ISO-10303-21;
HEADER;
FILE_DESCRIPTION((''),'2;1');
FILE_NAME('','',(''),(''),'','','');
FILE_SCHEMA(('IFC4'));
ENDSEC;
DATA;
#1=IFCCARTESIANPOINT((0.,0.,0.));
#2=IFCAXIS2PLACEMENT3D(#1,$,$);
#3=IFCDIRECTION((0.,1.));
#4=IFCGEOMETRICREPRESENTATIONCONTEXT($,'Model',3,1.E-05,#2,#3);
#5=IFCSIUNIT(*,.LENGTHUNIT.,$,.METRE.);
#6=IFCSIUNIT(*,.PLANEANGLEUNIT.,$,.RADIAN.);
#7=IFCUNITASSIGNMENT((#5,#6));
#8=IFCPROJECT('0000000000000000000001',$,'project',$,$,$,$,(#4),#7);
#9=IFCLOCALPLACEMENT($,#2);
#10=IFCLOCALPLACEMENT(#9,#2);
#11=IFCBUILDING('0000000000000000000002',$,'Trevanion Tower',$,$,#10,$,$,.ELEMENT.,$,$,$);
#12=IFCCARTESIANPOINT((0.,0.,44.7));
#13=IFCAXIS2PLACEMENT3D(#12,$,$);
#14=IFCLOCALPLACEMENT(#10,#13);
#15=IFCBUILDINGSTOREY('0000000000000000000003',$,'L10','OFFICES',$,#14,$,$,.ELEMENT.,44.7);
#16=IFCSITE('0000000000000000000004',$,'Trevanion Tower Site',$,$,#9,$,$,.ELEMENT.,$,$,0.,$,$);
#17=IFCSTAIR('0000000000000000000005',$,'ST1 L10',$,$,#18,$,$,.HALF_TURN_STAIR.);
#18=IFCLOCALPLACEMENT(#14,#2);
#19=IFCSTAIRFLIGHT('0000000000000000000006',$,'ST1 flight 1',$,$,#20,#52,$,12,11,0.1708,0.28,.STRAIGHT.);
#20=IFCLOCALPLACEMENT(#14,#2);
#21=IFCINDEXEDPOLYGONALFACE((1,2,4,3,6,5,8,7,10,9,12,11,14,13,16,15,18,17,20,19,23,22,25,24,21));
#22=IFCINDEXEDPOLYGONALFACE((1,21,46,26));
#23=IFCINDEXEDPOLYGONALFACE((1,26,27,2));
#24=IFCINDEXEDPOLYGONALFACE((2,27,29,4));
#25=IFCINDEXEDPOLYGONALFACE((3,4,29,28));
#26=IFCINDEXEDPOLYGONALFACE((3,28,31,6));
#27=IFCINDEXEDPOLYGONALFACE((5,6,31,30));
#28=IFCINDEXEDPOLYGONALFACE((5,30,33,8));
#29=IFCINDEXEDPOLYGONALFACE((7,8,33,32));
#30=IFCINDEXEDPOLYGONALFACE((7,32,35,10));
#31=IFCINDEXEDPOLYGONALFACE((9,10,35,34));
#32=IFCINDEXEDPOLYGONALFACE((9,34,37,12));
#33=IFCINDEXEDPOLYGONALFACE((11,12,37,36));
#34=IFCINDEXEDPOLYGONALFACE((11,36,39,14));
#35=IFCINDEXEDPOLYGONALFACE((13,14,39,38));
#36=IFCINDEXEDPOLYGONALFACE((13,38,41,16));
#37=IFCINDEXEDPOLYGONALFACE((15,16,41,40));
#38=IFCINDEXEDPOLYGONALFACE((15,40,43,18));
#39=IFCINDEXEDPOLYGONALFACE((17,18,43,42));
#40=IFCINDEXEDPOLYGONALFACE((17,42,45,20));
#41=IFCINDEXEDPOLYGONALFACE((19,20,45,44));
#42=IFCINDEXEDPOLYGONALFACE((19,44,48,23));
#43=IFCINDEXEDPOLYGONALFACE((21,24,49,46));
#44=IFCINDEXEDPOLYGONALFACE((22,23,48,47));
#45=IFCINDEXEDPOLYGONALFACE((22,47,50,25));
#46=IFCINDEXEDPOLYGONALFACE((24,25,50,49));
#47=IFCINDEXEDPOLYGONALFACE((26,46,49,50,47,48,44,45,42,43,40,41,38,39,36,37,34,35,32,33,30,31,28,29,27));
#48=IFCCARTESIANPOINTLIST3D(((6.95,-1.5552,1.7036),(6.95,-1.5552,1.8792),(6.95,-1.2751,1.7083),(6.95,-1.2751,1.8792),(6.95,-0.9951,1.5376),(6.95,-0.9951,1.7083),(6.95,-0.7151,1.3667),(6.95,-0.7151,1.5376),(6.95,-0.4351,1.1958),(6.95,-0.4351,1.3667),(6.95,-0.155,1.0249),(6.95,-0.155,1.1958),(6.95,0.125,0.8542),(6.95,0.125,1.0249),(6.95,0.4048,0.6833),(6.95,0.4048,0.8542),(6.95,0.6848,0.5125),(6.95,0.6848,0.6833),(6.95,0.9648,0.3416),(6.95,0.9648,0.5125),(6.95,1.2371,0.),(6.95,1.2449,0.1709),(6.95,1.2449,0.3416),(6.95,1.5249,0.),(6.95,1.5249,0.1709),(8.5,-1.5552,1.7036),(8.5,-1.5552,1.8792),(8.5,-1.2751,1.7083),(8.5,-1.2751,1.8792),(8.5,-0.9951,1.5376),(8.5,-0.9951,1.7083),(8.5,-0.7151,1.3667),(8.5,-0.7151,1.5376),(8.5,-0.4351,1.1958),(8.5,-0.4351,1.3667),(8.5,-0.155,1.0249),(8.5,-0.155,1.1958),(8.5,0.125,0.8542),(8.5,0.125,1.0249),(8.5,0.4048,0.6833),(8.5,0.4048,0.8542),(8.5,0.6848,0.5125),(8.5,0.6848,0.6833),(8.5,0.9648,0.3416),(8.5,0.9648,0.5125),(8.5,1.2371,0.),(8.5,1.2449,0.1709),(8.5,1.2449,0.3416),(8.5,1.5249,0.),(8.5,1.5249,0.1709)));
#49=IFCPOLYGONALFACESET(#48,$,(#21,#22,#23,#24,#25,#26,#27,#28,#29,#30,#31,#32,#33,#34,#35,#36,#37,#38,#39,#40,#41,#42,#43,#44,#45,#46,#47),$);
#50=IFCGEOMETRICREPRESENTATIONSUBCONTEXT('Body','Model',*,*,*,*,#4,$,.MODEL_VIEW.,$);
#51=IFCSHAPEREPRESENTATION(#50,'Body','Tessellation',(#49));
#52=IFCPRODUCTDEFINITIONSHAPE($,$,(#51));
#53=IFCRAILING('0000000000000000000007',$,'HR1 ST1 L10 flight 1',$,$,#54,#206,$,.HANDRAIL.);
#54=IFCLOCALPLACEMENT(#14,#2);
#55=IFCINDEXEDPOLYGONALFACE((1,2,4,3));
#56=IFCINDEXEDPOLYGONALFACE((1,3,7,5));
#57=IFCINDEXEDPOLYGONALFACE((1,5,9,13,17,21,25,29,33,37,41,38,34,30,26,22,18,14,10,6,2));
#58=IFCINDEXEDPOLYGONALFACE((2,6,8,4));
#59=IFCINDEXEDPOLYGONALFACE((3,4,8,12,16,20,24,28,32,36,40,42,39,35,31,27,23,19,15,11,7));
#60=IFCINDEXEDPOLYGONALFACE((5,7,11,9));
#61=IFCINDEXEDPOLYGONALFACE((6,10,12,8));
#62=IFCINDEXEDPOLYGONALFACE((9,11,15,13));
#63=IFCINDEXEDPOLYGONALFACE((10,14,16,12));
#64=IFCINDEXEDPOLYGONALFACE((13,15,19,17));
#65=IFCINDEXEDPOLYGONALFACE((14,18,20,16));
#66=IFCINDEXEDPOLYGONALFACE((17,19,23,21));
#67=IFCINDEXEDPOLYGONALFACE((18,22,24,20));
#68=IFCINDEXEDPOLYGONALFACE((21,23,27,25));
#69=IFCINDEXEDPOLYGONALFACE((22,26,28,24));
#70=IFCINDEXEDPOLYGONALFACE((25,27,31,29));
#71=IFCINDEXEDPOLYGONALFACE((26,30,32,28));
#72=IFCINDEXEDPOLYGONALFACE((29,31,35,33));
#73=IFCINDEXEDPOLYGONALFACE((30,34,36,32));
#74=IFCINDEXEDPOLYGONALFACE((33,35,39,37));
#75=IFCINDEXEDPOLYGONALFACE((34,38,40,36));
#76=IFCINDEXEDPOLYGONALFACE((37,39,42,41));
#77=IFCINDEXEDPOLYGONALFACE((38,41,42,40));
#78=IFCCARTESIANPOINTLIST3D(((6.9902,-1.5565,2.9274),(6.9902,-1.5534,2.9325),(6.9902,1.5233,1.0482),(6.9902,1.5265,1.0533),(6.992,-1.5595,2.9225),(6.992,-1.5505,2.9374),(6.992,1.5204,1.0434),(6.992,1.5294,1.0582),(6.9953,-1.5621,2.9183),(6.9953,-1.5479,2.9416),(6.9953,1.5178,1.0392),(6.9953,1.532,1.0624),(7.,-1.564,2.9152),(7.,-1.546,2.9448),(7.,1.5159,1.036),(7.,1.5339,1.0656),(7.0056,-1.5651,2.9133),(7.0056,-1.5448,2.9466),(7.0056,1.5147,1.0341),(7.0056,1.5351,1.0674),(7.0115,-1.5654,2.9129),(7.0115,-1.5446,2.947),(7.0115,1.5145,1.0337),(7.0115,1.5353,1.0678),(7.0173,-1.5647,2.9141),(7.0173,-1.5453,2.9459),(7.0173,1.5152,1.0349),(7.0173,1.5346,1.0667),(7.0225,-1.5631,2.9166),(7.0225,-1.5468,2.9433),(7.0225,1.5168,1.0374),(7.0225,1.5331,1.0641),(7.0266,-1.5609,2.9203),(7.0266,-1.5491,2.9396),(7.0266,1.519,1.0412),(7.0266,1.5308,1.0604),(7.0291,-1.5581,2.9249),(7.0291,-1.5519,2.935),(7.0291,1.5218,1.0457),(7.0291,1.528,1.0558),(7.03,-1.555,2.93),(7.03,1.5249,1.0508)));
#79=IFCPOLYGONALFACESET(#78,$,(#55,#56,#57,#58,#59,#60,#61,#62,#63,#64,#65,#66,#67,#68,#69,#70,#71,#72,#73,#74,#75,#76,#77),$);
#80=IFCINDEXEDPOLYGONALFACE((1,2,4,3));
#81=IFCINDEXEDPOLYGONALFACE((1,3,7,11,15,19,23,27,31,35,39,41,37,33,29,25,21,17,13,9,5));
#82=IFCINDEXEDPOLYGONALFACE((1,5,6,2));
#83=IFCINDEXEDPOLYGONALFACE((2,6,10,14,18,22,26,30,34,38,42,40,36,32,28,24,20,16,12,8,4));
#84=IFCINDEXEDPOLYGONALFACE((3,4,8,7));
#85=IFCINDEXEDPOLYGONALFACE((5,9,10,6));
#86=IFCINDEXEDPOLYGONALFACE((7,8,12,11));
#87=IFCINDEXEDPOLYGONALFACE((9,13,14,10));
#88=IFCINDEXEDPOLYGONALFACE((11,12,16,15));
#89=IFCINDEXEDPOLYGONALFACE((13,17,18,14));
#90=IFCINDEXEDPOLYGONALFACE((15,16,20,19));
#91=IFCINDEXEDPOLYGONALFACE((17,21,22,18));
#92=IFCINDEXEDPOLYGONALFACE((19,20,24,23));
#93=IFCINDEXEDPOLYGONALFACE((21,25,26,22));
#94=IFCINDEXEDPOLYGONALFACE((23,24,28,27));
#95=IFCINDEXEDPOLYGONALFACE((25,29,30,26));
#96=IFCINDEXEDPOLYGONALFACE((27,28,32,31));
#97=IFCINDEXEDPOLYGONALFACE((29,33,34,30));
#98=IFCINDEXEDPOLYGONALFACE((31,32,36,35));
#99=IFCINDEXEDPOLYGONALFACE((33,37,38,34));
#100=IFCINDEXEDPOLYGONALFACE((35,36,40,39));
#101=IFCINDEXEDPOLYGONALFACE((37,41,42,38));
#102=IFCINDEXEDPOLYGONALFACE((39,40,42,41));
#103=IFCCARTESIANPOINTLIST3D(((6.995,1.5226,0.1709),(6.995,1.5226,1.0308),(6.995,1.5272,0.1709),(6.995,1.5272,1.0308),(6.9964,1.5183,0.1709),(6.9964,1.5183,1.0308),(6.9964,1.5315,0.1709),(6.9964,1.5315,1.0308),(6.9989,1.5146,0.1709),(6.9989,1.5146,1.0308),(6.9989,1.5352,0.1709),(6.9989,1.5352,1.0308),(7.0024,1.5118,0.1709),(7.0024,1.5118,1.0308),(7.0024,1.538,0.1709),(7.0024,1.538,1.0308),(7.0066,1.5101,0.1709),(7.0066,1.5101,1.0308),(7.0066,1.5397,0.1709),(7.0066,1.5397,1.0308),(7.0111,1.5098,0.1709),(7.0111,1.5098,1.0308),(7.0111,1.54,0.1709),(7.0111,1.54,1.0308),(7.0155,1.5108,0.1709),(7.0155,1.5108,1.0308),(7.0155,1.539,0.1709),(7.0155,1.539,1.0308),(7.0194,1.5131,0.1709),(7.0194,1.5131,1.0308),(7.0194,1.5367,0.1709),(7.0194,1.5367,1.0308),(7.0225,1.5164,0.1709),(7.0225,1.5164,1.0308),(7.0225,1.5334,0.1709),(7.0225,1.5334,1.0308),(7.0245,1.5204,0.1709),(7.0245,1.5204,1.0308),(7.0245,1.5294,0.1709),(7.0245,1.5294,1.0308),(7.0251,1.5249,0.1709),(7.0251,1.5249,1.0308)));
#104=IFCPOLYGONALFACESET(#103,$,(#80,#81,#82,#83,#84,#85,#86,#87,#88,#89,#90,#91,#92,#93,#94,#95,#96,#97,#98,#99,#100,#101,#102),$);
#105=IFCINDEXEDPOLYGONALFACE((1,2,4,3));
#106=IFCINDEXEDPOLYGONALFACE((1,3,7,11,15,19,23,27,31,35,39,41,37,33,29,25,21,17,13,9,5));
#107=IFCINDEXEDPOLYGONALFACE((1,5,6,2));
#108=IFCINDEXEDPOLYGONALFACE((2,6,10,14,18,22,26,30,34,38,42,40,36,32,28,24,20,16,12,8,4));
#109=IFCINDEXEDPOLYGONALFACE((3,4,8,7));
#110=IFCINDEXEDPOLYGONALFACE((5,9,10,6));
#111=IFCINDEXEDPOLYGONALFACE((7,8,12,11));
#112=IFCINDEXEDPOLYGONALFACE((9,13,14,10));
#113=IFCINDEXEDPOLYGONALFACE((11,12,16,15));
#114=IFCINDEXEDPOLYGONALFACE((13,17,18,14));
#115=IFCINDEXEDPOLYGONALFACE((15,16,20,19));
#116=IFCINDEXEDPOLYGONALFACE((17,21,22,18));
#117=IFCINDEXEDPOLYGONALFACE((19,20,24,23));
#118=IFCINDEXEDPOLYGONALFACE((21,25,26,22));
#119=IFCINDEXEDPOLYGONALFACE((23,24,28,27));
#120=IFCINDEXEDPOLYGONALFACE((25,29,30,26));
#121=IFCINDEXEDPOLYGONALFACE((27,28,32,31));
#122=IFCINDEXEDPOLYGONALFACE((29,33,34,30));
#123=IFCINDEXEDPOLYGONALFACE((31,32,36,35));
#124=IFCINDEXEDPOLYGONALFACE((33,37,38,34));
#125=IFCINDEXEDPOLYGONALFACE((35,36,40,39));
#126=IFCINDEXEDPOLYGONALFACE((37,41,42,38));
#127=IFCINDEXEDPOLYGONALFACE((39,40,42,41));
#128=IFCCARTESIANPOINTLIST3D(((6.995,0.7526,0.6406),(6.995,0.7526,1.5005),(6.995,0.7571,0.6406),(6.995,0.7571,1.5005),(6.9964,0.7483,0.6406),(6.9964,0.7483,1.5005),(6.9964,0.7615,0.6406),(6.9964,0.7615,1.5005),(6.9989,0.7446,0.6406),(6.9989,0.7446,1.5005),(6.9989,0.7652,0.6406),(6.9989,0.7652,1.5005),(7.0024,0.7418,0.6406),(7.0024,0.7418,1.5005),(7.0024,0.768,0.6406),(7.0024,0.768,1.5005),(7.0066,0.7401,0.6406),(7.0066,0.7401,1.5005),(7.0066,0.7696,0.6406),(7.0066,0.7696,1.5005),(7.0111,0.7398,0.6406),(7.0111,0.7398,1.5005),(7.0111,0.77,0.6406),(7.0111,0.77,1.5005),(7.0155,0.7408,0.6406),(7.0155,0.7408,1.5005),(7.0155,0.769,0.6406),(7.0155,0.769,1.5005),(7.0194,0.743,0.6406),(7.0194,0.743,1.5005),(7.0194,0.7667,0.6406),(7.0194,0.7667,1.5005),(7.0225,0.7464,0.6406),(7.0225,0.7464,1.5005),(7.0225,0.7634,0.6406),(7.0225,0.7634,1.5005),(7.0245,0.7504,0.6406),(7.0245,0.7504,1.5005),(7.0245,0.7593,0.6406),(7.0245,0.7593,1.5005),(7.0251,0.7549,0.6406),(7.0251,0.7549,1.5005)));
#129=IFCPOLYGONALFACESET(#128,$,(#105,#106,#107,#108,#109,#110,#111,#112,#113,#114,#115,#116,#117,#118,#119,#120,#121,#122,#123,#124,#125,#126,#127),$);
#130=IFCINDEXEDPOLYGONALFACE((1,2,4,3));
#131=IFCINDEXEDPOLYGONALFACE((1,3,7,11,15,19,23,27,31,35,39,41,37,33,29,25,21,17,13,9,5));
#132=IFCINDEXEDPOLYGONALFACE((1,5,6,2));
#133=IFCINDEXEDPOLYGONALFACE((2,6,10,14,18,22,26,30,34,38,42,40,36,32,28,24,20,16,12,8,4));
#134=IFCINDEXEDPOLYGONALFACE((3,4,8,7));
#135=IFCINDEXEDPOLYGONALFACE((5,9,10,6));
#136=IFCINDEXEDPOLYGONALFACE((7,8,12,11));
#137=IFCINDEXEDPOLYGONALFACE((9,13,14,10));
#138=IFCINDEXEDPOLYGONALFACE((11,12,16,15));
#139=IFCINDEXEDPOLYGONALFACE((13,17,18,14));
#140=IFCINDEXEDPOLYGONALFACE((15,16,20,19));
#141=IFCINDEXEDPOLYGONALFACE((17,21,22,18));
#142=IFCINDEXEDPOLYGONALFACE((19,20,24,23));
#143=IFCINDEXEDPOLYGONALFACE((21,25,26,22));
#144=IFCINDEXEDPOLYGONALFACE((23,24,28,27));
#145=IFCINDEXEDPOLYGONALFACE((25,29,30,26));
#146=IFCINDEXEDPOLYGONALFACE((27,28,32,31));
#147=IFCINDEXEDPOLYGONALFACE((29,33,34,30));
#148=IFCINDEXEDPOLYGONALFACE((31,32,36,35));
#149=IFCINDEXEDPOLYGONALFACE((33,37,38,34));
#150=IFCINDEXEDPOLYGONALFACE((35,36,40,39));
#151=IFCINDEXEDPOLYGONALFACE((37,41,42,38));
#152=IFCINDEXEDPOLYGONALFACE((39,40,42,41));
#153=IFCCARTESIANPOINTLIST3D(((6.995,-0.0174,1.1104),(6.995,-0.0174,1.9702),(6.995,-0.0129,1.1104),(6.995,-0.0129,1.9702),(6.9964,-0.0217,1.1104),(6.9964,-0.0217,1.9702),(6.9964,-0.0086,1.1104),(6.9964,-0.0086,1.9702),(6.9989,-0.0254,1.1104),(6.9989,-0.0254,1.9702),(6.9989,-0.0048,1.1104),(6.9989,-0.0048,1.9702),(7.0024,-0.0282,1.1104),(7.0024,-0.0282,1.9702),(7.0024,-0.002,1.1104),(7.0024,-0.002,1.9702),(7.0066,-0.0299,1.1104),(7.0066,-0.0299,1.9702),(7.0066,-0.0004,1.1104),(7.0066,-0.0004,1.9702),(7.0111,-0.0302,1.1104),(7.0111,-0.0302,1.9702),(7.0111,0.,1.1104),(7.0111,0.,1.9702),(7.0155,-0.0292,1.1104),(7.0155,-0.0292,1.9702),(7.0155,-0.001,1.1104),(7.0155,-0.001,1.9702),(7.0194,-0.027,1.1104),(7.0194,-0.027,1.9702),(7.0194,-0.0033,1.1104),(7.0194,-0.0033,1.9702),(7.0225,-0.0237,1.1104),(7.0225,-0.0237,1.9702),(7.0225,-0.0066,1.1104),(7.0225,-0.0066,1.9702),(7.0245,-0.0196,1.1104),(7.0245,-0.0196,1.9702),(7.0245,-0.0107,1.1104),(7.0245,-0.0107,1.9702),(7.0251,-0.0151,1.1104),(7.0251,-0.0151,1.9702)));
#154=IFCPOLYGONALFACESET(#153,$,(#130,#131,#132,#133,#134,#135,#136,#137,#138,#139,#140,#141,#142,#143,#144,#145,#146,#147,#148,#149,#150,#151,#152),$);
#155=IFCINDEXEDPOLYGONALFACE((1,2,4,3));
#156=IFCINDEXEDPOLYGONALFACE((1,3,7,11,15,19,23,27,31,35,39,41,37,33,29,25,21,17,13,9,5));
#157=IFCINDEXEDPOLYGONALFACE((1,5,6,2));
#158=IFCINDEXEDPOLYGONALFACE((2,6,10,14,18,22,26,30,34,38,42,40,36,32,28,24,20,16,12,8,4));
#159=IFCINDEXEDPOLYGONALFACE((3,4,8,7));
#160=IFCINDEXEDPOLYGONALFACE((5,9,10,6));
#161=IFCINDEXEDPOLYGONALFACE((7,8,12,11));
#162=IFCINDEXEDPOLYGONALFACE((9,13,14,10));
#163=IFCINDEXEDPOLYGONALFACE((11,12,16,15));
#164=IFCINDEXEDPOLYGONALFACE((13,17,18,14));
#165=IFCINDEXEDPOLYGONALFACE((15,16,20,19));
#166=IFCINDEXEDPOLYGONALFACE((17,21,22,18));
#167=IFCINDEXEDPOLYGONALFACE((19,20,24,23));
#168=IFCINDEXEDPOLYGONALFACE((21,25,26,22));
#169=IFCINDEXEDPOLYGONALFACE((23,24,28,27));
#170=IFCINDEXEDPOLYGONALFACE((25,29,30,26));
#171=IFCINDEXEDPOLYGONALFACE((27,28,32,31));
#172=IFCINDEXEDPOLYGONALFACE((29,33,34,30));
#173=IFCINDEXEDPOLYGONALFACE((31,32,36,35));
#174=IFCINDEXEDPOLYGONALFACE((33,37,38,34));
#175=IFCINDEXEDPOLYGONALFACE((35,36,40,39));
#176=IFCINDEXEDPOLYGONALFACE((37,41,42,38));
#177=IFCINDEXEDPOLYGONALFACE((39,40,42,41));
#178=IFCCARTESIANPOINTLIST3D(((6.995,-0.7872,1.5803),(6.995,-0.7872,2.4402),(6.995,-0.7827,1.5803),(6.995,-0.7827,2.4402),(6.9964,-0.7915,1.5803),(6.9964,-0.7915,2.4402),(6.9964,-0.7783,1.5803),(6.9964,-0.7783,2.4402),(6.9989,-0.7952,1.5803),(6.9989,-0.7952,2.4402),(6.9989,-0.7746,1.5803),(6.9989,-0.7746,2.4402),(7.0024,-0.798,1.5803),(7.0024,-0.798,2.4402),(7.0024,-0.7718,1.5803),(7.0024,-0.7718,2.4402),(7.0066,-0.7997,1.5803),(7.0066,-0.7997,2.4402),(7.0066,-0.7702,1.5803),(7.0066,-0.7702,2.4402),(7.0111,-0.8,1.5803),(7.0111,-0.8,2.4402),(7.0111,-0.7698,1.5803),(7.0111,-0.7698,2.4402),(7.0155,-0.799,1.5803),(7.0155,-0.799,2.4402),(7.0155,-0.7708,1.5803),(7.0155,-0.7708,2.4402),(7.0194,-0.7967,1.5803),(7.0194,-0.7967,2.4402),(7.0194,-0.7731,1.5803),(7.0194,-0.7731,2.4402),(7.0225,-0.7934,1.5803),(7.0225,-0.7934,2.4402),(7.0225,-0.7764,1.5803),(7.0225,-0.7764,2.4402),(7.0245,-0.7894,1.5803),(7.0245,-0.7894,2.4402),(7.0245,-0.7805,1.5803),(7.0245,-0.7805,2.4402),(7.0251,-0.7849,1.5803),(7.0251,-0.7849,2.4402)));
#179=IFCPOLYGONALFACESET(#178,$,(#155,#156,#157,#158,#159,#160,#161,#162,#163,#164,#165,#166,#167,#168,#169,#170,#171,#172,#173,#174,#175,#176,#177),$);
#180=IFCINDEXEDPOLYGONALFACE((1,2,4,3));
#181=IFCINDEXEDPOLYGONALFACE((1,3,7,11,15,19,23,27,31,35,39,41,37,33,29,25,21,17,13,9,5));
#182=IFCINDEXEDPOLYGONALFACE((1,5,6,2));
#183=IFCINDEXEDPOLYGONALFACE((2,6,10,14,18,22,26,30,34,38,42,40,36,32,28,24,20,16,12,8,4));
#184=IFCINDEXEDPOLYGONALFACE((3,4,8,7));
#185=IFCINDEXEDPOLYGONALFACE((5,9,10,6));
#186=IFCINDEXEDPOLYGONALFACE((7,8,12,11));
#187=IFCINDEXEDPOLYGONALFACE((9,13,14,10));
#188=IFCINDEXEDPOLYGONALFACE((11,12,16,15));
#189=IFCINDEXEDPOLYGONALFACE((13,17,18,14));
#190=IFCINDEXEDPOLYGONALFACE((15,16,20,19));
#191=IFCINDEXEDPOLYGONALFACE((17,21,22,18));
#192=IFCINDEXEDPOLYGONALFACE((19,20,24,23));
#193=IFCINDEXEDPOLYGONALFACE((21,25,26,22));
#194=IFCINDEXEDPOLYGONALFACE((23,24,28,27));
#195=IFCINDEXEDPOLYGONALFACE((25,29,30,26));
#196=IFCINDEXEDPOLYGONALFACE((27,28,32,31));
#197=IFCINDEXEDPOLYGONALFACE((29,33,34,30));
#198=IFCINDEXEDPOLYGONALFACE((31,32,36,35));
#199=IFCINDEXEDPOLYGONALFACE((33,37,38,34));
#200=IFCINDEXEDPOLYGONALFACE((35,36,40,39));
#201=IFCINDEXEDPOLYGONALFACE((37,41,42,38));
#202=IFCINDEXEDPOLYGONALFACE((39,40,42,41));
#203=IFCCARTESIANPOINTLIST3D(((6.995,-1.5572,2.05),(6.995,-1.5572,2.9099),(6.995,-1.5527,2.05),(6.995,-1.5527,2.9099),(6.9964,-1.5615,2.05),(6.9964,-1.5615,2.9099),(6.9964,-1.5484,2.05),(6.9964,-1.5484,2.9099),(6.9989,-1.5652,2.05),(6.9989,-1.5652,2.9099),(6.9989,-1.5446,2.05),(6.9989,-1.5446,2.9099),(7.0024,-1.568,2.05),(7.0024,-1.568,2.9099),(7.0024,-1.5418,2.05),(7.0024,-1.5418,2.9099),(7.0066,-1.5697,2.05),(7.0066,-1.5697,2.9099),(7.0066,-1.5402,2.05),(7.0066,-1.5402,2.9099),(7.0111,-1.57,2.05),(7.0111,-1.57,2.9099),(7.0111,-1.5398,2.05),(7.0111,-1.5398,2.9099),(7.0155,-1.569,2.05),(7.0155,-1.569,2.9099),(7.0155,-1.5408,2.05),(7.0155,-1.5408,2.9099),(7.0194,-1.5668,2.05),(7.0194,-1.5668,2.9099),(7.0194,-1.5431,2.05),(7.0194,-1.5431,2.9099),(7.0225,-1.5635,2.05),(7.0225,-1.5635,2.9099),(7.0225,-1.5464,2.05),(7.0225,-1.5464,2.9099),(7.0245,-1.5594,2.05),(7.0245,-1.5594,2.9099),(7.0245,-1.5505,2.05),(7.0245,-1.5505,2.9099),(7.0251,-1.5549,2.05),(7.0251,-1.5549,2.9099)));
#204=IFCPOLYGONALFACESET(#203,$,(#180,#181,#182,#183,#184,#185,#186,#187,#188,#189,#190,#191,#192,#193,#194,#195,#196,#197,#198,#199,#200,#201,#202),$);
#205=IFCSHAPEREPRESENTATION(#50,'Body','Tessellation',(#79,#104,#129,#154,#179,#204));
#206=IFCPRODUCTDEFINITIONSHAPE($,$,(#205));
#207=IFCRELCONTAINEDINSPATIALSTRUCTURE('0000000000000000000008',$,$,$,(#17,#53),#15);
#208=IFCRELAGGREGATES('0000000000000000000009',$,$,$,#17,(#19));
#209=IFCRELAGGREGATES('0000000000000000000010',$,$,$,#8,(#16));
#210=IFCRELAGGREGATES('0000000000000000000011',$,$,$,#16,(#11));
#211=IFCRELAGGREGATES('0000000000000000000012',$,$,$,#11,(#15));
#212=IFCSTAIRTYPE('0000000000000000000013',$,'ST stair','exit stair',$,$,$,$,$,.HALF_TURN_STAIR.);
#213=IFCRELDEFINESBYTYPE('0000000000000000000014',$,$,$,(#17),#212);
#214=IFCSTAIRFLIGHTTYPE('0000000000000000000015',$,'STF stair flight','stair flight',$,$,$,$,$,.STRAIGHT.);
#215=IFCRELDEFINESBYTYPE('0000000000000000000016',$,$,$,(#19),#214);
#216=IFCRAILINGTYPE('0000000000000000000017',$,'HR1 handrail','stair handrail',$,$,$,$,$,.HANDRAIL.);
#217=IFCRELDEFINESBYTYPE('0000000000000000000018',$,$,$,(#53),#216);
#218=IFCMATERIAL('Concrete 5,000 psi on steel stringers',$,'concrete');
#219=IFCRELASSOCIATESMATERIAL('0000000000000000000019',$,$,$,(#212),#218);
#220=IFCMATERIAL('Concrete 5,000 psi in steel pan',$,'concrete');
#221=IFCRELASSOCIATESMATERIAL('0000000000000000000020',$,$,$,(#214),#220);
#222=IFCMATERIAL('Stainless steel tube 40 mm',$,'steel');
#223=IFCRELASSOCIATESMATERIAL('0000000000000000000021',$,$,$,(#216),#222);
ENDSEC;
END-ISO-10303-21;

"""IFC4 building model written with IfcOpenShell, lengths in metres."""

from ifc_helpers import new_model, si_unit, direction, frame, origin, origin_2d, place, context, subcontext, project, spatial, polyline, circle, outline, extrude, material, type_object, element, aggregate, save


model = new_model("IFC4")

# Units and contexts
model_context = context("Model", 3, precision=1e-05, world=origin(), true_north=direction((0.0, 1.0)))
body_context = subcontext(model_context, "Body", "Model", "MODEL_VIEW")
ifc_project = project(units=[si_unit("LENGTHUNIT", "METRE"), si_unit("PLANEANGLEUNIT", "RADIAN")], contexts=[model_context])

# Site, building, storey
site_placement = place(None, origin())
site = spatial("IfcSite", under=ifc_project, at=site_placement, Name="Trevanion Tower Site", CompositionType="ELEMENT", RefElevation=0.0)
building_placement = place(site_placement, origin())
building = spatial("IfcBuilding", under=site, at=building_placement, Name="Trevanion Tower", CompositionType="ELEMENT")
storey_placement = place(building_placement, frame((0.0, 0.0, 44.7)))
storey = spatial("IfcBuildingStorey", under=building, at=storey_placement, Name="L10", Description="OFFICES", CompositionType="ELEMENT", Elevation=44.7)

# Stair, stair flight
ifc_material_1 = material(Name="Concrete 5,000 psi on steel stringers", Category="concrete")
stair_type = type_object("IfcStairType", Name="ST stair", Description="exit stair", PredefinedType="HALF_TURN_STAIR", material=ifc_material_1)
stair_placement = place(storey_placement, origin())
stair = element("IfcStair", 1, at=stair_placement, inside=storey, type_object=stair_type, Name="ST1 L10", PredefinedType="HALF_TURN_STAIR")
ifc_material_2 = material(Name="Concrete 5,000 psi in steel pan", Category="concrete")
stair_flight_type = type_object("IfcStairFlightType", Name="STF stair flight", Description="stair flight", PredefinedType="STRAIGHT", material=ifc_material_2)
stair_flight_placement = place(storey_placement, frame((7.7251, 1.5249, 0.0), z_axis=(0.0, 0.0, 1.0), x_axis=(0.0, -1.0, 0.0)))
stair_flight = element("IfcStairFlight", 2, at=stair_flight_placement, type_object=stair_flight_type, Name="ST1 flight 1", NumberOfRisers=12, NumberOfTreads=11, PredefinedType="STRAIGHT", RiserHeight=0.1708, TreadLength=0.28, context=body_context, shape_type="SweptSolid", body=[
    extrude(outline(polyline([(0.0, 0.0), (0.0, 0.1709), (0.28, 0.1709), (0.28, 0.3416), (0.5601, 0.3416), (0.5601, 0.5125), (0.8401, 0.5125), (0.8401, 0.6833), (1.1201, 0.6833), (1.1201, 0.8542), (1.3999, 0.8542), (1.3999, 1.0249), (1.6799, 1.0249), (1.6799, 1.1958), (1.96, 1.1958), (1.96, 1.3667), (2.24, 1.3667), (2.24, 1.5376), (2.52, 1.5376), (2.52, 1.7083), (2.8, 1.7083), (2.8, 1.8792), (3.0801, 1.8792), (3.0801, 2.05), (3.0801, 1.7036), (0.2878, 0.0), (0.0, 0.0)])), frame((0.0, 0.7749, 0.0), z_axis=(0.0, -1.0, 0.0), x_axis=(1.0, 0.0, 0.0)), (0.0, 0.0, 1.0), 1.55),
])
aggregate(stair, [stair_flight])

# Railing
ifc_material_3 = material(Name="Stainless steel tube 40 mm", Category="steel")
railing_type = type_object("IfcRailingType", Name="HR1 handrail", Description="stair handrail", PredefinedType="HANDRAIL", material=ifc_material_3)
for number, where, name in (
    (3, (7.01, 1.5249, 0.1709), "HR1 ST1 L10 flight 1"),
):
    element("IfcRailing", number, at=place(storey_placement, frame(where)), inside=storey, type_object=railing_type, Name=name, PredefinedType="HANDRAIL", context=body_context, shape_type="SweptSolid", body=[
        extrude(circle(Radius=0.02, at=origin_2d()), frame((0.0, 0.0, 0.8799), z_axis=(0.0, -0.853648, 0.52085), x_axis=(1.0, 0.0, 0.0)), (0.0, 0.0, 1.0), 3.6079),
        extrude(circle(Radius=0.0151, at=origin_2d()), origin(), (0.0, 0.0, 1.0), 0.8599),
        extrude(circle(Radius=0.0151, at=origin_2d()), frame((0.0, -0.77, 0.4697)), (0.0, 0.0, 1.0), 0.8599),
        extrude(circle(Radius=0.0151, at=origin_2d()), frame((0.0, -1.54, 0.9395)), (0.0, 0.0, 1.0), 0.8599),
        extrude(circle(Radius=0.0151, at=origin_2d()), frame((0.0, -2.3098, 1.4094)), (0.0, 0.0, 1.0), 0.8599),
        extrude(circle(Radius=0.0151, at=origin_2d()), frame((0.0, -3.0798, 1.8792)), (0.0, 0.0, 1.0), 0.8599),
    ])

save(model, "model.ifc")
